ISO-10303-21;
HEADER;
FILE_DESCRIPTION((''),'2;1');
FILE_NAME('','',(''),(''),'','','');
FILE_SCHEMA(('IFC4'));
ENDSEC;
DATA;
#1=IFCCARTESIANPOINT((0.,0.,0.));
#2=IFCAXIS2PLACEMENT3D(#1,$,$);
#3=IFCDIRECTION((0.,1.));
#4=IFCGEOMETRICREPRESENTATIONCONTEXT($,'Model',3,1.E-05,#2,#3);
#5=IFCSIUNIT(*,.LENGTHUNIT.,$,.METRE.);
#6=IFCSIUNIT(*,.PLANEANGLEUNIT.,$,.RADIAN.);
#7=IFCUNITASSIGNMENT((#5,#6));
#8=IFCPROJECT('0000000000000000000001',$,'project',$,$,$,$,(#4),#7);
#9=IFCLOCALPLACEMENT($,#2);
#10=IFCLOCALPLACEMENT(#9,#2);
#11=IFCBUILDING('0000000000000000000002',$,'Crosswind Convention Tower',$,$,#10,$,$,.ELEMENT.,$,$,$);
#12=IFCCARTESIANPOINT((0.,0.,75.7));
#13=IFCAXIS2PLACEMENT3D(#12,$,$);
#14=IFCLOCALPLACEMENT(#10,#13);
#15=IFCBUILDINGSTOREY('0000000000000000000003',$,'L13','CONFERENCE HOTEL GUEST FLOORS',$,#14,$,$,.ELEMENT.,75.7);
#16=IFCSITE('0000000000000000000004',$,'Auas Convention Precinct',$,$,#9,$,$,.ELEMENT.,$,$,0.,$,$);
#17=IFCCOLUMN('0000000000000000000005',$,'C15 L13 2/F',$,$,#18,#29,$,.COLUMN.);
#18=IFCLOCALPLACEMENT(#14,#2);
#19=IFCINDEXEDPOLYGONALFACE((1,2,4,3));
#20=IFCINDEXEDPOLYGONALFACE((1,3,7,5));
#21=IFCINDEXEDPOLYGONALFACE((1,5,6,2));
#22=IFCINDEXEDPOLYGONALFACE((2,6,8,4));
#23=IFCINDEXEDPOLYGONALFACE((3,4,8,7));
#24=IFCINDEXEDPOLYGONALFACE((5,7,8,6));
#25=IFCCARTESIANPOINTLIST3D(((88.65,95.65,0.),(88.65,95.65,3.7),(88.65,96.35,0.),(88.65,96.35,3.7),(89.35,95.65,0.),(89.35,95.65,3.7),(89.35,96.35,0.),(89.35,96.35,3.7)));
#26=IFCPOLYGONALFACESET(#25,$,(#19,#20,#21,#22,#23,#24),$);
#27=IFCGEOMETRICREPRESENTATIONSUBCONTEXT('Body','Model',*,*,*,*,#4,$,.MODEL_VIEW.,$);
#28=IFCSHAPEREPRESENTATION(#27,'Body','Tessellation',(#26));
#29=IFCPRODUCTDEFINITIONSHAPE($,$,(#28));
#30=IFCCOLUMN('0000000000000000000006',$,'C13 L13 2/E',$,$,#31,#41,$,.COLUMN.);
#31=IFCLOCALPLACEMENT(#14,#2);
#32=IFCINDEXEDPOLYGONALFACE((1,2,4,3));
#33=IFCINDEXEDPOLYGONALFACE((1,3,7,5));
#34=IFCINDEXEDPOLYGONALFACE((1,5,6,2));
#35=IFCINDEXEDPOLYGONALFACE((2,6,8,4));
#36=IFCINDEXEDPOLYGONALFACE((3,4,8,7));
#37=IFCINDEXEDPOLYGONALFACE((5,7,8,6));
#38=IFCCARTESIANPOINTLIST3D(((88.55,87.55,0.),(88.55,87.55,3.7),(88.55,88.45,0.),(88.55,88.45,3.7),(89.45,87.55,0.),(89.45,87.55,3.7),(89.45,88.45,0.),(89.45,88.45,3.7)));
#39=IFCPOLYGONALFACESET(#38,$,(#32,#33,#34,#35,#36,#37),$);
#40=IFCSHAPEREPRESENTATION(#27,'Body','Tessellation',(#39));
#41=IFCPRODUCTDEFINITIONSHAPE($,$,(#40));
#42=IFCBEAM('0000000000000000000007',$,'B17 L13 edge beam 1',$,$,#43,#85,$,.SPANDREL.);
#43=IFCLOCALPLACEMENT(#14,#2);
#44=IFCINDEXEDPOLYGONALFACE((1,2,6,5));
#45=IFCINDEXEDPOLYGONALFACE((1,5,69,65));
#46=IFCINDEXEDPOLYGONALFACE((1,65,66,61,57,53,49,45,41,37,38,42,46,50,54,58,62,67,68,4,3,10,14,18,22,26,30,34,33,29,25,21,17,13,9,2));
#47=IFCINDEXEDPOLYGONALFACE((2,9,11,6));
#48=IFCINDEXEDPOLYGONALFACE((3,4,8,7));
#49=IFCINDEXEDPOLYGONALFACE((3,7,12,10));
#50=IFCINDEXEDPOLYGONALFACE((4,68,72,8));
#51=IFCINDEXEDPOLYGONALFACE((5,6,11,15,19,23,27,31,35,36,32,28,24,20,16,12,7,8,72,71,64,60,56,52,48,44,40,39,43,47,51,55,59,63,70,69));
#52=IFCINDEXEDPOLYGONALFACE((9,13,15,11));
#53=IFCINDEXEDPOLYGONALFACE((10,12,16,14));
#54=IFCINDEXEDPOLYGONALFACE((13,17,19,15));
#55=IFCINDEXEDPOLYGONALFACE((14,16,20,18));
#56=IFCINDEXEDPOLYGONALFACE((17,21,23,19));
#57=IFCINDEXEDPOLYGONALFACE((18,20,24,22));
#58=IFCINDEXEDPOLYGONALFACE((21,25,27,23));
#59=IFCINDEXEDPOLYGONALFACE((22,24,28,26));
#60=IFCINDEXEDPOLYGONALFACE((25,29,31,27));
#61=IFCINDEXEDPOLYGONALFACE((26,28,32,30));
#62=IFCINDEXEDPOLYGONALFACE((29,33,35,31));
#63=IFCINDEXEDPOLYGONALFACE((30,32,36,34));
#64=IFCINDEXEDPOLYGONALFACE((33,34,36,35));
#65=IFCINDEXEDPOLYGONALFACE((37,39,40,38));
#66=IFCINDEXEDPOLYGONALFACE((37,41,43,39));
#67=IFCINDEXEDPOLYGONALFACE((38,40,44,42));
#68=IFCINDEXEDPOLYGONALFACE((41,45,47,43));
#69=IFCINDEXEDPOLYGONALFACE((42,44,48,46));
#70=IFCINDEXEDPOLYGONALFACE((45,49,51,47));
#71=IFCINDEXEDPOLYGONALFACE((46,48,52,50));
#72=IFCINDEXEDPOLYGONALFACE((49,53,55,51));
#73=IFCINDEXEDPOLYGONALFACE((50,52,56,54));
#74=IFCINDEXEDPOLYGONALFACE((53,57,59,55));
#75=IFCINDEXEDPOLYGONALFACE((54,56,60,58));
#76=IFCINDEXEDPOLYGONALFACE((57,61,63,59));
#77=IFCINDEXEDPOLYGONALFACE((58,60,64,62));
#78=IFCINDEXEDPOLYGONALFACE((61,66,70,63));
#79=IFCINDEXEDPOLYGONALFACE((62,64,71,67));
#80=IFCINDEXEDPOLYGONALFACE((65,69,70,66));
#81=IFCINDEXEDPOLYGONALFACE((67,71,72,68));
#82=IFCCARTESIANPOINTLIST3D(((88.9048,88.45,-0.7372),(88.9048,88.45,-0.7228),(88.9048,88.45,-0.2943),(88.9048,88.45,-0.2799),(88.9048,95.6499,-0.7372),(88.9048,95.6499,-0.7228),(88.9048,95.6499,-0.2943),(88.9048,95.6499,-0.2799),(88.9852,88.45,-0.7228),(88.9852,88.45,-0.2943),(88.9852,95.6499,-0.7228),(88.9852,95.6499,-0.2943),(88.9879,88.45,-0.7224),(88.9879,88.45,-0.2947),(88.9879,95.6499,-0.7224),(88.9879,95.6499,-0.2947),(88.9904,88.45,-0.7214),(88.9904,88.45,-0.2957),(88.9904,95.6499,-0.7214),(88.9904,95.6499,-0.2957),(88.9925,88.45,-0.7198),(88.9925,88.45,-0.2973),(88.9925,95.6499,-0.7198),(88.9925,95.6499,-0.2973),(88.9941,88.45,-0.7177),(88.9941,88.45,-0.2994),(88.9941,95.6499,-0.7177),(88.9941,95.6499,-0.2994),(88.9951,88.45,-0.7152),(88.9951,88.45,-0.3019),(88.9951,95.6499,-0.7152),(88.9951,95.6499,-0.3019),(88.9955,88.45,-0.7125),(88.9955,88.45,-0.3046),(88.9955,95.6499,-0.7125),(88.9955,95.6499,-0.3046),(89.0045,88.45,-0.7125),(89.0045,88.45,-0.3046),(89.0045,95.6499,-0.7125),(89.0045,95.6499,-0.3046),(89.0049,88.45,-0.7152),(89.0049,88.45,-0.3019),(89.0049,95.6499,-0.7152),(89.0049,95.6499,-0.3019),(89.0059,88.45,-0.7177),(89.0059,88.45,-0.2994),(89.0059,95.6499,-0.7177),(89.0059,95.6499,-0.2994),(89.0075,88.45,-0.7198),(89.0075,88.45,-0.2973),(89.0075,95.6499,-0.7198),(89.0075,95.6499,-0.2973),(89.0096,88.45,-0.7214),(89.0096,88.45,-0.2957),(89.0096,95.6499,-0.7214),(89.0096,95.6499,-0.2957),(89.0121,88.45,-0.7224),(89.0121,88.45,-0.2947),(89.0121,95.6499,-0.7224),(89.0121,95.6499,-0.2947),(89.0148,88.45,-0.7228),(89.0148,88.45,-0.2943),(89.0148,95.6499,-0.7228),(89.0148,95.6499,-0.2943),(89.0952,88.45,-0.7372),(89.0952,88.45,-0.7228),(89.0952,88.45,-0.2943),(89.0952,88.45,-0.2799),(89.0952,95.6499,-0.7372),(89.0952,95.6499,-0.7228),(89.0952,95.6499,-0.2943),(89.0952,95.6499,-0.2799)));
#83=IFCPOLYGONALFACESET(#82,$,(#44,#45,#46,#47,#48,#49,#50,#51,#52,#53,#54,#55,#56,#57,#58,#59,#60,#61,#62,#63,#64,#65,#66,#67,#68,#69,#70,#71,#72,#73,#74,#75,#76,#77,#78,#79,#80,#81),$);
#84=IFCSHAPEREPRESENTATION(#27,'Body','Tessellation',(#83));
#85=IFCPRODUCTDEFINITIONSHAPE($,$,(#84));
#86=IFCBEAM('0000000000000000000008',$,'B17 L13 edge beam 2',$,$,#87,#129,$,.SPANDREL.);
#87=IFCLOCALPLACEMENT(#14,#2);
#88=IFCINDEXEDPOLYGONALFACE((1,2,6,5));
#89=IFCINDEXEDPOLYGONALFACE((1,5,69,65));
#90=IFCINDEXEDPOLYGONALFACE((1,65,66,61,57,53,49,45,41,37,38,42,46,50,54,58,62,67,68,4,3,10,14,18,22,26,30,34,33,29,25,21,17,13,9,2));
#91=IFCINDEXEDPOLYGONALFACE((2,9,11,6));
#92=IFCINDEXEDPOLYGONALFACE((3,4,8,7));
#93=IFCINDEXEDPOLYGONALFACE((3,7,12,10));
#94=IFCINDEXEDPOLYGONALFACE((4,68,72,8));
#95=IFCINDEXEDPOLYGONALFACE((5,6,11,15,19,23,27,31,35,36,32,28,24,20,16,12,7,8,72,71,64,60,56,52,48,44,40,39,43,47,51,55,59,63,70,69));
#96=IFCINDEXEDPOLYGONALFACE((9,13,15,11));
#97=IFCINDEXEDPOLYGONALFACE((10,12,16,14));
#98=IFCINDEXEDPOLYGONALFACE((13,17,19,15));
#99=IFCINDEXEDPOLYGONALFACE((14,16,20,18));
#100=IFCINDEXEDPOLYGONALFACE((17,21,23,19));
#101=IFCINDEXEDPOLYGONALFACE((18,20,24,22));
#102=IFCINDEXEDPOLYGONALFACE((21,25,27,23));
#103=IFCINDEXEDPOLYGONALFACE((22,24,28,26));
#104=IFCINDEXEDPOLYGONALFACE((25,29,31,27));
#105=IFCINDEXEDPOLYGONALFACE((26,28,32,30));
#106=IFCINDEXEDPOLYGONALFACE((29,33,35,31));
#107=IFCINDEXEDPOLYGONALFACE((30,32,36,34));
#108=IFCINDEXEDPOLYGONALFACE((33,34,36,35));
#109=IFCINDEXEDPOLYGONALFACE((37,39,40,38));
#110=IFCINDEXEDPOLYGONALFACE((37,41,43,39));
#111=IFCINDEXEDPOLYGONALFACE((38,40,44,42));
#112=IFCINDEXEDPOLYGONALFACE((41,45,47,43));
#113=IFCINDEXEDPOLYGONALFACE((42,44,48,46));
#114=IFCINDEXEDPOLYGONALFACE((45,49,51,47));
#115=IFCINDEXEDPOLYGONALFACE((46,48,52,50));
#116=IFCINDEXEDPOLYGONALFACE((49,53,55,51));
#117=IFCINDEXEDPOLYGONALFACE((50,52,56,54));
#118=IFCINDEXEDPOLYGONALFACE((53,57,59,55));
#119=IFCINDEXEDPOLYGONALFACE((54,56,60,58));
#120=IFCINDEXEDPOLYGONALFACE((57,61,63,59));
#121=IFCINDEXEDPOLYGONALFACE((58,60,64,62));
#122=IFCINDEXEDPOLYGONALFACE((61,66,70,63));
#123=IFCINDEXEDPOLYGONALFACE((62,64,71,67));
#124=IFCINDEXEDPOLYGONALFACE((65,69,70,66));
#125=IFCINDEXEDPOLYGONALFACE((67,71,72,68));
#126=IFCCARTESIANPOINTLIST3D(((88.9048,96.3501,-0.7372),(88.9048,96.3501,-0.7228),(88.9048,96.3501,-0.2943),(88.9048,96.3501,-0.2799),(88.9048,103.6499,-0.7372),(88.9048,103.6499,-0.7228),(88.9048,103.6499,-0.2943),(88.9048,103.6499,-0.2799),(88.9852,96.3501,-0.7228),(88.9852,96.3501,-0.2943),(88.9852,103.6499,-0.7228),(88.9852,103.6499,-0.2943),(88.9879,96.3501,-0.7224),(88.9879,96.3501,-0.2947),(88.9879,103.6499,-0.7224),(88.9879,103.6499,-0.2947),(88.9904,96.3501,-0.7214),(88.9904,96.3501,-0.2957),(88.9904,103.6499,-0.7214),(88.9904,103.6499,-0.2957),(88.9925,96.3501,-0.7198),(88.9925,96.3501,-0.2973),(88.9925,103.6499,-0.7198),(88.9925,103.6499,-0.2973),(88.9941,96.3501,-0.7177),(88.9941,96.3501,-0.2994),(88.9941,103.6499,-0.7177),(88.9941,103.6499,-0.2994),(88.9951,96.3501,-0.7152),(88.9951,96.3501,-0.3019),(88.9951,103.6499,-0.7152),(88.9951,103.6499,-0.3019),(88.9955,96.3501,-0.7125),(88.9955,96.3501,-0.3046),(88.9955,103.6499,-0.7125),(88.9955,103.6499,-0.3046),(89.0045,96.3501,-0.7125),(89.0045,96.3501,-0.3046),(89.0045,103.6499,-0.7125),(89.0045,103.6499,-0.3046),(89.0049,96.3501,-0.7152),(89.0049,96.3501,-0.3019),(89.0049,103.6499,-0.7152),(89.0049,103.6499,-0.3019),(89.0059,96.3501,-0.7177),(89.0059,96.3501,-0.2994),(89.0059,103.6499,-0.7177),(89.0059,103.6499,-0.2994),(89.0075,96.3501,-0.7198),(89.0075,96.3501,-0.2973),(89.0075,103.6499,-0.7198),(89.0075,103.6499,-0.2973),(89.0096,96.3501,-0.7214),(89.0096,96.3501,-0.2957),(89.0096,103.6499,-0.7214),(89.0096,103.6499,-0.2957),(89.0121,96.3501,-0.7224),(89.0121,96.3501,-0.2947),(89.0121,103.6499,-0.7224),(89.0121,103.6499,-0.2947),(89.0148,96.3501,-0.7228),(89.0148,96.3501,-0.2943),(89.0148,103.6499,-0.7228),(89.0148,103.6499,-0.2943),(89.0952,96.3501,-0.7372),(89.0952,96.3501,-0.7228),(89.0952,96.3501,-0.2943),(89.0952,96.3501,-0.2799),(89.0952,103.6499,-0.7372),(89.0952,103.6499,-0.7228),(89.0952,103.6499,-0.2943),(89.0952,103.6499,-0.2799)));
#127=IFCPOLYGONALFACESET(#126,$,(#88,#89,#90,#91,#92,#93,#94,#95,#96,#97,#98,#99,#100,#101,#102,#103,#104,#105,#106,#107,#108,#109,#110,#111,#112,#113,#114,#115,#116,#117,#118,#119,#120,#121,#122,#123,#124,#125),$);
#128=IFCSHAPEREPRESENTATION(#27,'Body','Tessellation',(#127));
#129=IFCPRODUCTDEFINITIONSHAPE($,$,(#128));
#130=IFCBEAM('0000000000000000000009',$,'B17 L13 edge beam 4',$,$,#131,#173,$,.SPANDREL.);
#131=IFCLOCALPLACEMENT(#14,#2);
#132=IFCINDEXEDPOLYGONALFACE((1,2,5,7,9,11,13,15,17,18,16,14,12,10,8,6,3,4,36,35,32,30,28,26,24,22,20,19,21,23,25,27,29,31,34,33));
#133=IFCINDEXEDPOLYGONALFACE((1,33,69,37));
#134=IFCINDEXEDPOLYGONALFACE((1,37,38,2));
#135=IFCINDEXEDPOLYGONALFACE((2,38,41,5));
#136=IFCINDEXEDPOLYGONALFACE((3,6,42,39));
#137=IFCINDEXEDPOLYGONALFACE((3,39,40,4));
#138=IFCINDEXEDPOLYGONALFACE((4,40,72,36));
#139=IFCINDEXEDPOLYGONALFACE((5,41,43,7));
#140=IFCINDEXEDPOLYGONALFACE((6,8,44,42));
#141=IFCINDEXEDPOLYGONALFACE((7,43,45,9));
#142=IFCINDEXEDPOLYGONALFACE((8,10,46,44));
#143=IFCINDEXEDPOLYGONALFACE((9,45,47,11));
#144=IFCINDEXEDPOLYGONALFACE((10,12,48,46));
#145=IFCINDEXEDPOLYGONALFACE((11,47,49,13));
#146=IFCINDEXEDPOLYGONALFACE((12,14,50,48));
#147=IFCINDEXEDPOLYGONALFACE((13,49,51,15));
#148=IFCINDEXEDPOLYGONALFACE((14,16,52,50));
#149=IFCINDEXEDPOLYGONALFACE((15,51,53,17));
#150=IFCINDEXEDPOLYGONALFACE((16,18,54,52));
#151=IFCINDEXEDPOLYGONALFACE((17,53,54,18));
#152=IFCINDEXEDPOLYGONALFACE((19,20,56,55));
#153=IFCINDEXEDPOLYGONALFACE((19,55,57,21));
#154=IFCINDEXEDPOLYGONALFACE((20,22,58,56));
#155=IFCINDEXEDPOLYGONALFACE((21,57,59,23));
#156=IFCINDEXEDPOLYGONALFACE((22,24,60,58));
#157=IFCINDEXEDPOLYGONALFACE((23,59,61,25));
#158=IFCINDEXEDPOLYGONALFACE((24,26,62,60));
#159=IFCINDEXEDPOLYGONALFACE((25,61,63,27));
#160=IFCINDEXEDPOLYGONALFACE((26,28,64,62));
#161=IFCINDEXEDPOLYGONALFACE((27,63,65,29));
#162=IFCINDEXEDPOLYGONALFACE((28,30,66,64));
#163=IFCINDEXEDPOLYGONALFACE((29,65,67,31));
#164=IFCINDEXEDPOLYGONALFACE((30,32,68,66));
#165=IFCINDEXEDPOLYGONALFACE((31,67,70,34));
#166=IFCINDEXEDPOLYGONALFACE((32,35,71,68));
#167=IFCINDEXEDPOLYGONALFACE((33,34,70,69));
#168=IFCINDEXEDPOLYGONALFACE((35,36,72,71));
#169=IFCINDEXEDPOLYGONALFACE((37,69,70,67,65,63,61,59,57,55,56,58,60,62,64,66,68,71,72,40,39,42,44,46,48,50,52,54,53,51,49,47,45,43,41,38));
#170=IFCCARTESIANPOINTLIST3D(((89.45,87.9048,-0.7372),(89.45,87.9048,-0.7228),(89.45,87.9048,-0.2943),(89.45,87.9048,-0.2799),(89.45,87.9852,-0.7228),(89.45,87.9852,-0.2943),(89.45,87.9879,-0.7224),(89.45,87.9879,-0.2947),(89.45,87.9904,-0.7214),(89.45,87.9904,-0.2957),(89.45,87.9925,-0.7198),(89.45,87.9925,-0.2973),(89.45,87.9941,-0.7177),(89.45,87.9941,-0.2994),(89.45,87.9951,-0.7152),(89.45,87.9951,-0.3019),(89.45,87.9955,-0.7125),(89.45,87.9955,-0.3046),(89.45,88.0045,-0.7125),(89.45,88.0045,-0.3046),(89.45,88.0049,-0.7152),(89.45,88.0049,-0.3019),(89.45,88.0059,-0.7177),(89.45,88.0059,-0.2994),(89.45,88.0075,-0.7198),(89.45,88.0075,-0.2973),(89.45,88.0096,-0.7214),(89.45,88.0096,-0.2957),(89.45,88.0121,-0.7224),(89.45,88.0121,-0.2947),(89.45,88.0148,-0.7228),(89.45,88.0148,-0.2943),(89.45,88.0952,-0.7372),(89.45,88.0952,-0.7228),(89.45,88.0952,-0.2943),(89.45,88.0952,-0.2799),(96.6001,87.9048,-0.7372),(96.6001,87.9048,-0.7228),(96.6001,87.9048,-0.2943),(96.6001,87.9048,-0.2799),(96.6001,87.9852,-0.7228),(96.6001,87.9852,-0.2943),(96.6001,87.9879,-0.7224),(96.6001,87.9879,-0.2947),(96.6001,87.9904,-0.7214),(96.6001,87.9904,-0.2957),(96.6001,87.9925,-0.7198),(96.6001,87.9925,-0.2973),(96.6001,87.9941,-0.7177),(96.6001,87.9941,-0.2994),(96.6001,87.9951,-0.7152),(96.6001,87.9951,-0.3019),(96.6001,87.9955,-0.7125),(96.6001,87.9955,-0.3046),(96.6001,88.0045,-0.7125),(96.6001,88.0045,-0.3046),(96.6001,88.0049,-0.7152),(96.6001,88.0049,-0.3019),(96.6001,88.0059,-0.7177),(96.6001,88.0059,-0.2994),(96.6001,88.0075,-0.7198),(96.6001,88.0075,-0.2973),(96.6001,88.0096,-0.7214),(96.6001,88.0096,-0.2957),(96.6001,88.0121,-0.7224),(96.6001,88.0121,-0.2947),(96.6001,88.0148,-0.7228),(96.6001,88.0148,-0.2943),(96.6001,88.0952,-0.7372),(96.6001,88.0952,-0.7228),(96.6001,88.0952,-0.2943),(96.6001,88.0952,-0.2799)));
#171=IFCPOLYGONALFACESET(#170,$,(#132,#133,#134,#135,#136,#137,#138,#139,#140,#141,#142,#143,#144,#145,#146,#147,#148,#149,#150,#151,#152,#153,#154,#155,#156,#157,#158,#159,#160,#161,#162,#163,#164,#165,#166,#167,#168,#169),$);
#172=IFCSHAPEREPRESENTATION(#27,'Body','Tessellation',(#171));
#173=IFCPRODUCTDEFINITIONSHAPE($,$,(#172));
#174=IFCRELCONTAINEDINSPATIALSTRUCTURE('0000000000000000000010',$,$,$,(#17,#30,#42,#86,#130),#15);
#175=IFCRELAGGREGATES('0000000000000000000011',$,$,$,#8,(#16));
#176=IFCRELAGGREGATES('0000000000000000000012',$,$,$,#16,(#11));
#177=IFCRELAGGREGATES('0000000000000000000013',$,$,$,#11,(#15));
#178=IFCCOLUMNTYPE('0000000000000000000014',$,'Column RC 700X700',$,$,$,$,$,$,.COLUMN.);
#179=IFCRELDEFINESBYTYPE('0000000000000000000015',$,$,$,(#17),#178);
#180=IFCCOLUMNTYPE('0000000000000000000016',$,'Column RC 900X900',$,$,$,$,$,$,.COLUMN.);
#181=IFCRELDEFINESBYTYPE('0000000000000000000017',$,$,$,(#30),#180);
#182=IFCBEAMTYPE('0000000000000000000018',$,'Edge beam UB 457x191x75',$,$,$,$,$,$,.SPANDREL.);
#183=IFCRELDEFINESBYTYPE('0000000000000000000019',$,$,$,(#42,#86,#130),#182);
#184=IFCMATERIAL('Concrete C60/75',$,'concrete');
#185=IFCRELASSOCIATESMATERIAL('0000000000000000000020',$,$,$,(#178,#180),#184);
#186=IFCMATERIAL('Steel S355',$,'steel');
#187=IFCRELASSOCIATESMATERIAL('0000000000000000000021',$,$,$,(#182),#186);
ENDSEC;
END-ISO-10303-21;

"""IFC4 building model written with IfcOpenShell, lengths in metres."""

from ifc_helpers import new_model, si_unit, direction, frame, origin, origin_2d, place, context, subcontext, project, spatial, rectangle, i_section, extrude, material, material_profile, profile_set, type_object, element, save


model = new_model("IFC4")

# Units and contexts
model_context = context("Model", 3, precision=1e-05, world=origin(), true_north=direction((0.0, 1.0)))
body_context = subcontext(model_context, "Body", "Model", "MODEL_VIEW")
ifc_project = project(units=[si_unit("LENGTHUNIT", "METRE"), si_unit("PLANEANGLEUNIT", "RADIAN")], contexts=[model_context])

# Site, building, storey
site_placement = place(None, origin())
site = spatial("IfcSite", under=ifc_project, at=site_placement, Name="Auas Convention Precinct", CompositionType="ELEMENT", RefElevation=0.0)
building_placement = place(site_placement, origin())
building = spatial("IfcBuilding", under=site, at=building_placement, Name="Crosswind Convention Tower", CompositionType="ELEMENT")
storey_placement = place(building_placement, frame((0.0, 0.0, 75.7)))
storey = spatial("IfcBuildingStorey", under=building, at=storey_placement, Name="L13", Description="CONFERENCE HOTEL GUEST FLOORS", CompositionType="ELEMENT", Elevation=75.7)

# Columns
ifc_material_1 = material(Name="Concrete C60/75", Category="concrete")
ifc_material_profile_1 = material_profile(ifc_material_1, rectangle(XDim=0.7, YDim=0.7, at=origin_2d()), Name="RC 700X700")
ifc_profile_set_1 = profile_set([ifc_material_profile_1], Name="Concrete C60/75")
column_type_1 = type_object("IfcColumnType", Name="Column RC 700X700", PredefinedType="COLUMN", material=ifc_profile_set_1)
column_1_placement = place(storey_placement, frame((89.0, 96.0, 0.0), z_axis=(0.0, 0.0, 1.0), x_axis=(1.0, 0.0, 0.0)))
element("IfcColumn", 1, at=column_1_placement, inside=storey, type_object=column_type_1, Name="C15 L13 2/F", PredefinedType="COLUMN", context=body_context, shape_type="SweptSolid", body=[
    extrude(rectangle(XDim=0.7, YDim=0.7, at=origin_2d()), origin(), (0.0, 0.0, 1.0), 3.7),
])
ifc_material_profile_2 = material_profile(ifc_material_1, rectangle(XDim=0.8999, YDim=0.8999, at=origin_2d()), Name="RC 900X900")
ifc_profile_set_2 = profile_set([ifc_material_profile_2], Name="Concrete C60/75")
column_type_2 = type_object("IfcColumnType", Name="Column RC 900X900", PredefinedType="COLUMN", material=ifc_profile_set_2)
column_2_placement = place(storey_placement, frame((89.0, 88.0, 0.0), z_axis=(0.0, 0.0, 1.0), x_axis=(1.0, 0.0, 0.0)))
element("IfcColumn", 2, at=column_2_placement, inside=storey, type_object=column_type_2, Name="C13 L13 2/E", PredefinedType="COLUMN", context=body_context, shape_type="SweptSolid", body=[
    extrude(rectangle(XDim=0.8999, YDim=0.8999, at=origin_2d()), origin(), (0.0, 0.0, 1.0), 3.7),
])

# Beams
ifc_material_2 = material(Name="Steel S355", Category="steel")
ifc_material_profile_3 = material_profile(ifc_material_2, i_section(OverallWidth=0.1904, OverallDepth=0.4573, WebThickness=0.009, FlangeThickness=0.0144, FilletRadius=0.0103, at=origin_2d()), Name="UB 457x191x75")
ifc_profile_set_3 = profile_set([ifc_material_profile_3], Name="Steel S355")
beam_type_1 = type_object("IfcBeamType", Name="Edge beam UB 457x191x75", PredefinedType="SPANDREL", material=ifc_profile_set_3)
beam_1_placement = place(storey_placement, frame((89.0, 88.45, -0.5085), z_axis=(0.0, 1.0, 0.0), x_axis=(-1.0, 0.0, 0.0)))
element("IfcBeam", 3, at=beam_1_placement, inside=storey, type_object=beam_type_1, Name="B17 L13 edge beam 1", PredefinedType="SPANDREL", context=body_context, shape_type="SweptSolid", body=[
    extrude(i_section(OverallWidth=0.1904, OverallDepth=0.4573, WebThickness=0.009, FlangeThickness=0.0144, FilletRadius=0.0103, at=origin_2d()), origin(), (0.0, 0.0, 1.0), 7.2),
])
beam_2_placement = place(storey_placement, frame((89.0, 96.3501, -0.5085), z_axis=(0.0, 1.0, 0.0), x_axis=(-1.0, 0.0, 0.0)))
element("IfcBeam", 4, at=beam_2_placement, inside=storey, type_object=beam_type_1, Name="B17 L13 edge beam 2", PredefinedType="SPANDREL", context=body_context, shape_type="SweptSolid", body=[
    extrude(i_section(OverallWidth=0.1904, OverallDepth=0.4573, WebThickness=0.009, FlangeThickness=0.0144, FilletRadius=0.0103, at=origin_2d()), origin(), (0.0, 0.0, 1.0), 7.2998),
])
beam_3_placement = place(storey_placement, frame((89.45, 88.0, -0.5085), z_axis=(1.0, 0.0, 0.0), x_axis=(0.0, 1.0, 0.0)))
element("IfcBeam", 5, at=beam_3_placement, inside=storey, type_object=beam_type_1, Name="B17 L13 edge beam 4", PredefinedType="SPANDREL", context=body_context, shape_type="SweptSolid", body=[
    extrude(i_section(OverallWidth=0.1904, OverallDepth=0.4573, WebThickness=0.009, FlangeThickness=0.0144, FilletRadius=0.0103, at=origin_2d()), origin(), (0.0, 0.0, 1.0), 7.1501),
])

save(model, "model.ifc")
